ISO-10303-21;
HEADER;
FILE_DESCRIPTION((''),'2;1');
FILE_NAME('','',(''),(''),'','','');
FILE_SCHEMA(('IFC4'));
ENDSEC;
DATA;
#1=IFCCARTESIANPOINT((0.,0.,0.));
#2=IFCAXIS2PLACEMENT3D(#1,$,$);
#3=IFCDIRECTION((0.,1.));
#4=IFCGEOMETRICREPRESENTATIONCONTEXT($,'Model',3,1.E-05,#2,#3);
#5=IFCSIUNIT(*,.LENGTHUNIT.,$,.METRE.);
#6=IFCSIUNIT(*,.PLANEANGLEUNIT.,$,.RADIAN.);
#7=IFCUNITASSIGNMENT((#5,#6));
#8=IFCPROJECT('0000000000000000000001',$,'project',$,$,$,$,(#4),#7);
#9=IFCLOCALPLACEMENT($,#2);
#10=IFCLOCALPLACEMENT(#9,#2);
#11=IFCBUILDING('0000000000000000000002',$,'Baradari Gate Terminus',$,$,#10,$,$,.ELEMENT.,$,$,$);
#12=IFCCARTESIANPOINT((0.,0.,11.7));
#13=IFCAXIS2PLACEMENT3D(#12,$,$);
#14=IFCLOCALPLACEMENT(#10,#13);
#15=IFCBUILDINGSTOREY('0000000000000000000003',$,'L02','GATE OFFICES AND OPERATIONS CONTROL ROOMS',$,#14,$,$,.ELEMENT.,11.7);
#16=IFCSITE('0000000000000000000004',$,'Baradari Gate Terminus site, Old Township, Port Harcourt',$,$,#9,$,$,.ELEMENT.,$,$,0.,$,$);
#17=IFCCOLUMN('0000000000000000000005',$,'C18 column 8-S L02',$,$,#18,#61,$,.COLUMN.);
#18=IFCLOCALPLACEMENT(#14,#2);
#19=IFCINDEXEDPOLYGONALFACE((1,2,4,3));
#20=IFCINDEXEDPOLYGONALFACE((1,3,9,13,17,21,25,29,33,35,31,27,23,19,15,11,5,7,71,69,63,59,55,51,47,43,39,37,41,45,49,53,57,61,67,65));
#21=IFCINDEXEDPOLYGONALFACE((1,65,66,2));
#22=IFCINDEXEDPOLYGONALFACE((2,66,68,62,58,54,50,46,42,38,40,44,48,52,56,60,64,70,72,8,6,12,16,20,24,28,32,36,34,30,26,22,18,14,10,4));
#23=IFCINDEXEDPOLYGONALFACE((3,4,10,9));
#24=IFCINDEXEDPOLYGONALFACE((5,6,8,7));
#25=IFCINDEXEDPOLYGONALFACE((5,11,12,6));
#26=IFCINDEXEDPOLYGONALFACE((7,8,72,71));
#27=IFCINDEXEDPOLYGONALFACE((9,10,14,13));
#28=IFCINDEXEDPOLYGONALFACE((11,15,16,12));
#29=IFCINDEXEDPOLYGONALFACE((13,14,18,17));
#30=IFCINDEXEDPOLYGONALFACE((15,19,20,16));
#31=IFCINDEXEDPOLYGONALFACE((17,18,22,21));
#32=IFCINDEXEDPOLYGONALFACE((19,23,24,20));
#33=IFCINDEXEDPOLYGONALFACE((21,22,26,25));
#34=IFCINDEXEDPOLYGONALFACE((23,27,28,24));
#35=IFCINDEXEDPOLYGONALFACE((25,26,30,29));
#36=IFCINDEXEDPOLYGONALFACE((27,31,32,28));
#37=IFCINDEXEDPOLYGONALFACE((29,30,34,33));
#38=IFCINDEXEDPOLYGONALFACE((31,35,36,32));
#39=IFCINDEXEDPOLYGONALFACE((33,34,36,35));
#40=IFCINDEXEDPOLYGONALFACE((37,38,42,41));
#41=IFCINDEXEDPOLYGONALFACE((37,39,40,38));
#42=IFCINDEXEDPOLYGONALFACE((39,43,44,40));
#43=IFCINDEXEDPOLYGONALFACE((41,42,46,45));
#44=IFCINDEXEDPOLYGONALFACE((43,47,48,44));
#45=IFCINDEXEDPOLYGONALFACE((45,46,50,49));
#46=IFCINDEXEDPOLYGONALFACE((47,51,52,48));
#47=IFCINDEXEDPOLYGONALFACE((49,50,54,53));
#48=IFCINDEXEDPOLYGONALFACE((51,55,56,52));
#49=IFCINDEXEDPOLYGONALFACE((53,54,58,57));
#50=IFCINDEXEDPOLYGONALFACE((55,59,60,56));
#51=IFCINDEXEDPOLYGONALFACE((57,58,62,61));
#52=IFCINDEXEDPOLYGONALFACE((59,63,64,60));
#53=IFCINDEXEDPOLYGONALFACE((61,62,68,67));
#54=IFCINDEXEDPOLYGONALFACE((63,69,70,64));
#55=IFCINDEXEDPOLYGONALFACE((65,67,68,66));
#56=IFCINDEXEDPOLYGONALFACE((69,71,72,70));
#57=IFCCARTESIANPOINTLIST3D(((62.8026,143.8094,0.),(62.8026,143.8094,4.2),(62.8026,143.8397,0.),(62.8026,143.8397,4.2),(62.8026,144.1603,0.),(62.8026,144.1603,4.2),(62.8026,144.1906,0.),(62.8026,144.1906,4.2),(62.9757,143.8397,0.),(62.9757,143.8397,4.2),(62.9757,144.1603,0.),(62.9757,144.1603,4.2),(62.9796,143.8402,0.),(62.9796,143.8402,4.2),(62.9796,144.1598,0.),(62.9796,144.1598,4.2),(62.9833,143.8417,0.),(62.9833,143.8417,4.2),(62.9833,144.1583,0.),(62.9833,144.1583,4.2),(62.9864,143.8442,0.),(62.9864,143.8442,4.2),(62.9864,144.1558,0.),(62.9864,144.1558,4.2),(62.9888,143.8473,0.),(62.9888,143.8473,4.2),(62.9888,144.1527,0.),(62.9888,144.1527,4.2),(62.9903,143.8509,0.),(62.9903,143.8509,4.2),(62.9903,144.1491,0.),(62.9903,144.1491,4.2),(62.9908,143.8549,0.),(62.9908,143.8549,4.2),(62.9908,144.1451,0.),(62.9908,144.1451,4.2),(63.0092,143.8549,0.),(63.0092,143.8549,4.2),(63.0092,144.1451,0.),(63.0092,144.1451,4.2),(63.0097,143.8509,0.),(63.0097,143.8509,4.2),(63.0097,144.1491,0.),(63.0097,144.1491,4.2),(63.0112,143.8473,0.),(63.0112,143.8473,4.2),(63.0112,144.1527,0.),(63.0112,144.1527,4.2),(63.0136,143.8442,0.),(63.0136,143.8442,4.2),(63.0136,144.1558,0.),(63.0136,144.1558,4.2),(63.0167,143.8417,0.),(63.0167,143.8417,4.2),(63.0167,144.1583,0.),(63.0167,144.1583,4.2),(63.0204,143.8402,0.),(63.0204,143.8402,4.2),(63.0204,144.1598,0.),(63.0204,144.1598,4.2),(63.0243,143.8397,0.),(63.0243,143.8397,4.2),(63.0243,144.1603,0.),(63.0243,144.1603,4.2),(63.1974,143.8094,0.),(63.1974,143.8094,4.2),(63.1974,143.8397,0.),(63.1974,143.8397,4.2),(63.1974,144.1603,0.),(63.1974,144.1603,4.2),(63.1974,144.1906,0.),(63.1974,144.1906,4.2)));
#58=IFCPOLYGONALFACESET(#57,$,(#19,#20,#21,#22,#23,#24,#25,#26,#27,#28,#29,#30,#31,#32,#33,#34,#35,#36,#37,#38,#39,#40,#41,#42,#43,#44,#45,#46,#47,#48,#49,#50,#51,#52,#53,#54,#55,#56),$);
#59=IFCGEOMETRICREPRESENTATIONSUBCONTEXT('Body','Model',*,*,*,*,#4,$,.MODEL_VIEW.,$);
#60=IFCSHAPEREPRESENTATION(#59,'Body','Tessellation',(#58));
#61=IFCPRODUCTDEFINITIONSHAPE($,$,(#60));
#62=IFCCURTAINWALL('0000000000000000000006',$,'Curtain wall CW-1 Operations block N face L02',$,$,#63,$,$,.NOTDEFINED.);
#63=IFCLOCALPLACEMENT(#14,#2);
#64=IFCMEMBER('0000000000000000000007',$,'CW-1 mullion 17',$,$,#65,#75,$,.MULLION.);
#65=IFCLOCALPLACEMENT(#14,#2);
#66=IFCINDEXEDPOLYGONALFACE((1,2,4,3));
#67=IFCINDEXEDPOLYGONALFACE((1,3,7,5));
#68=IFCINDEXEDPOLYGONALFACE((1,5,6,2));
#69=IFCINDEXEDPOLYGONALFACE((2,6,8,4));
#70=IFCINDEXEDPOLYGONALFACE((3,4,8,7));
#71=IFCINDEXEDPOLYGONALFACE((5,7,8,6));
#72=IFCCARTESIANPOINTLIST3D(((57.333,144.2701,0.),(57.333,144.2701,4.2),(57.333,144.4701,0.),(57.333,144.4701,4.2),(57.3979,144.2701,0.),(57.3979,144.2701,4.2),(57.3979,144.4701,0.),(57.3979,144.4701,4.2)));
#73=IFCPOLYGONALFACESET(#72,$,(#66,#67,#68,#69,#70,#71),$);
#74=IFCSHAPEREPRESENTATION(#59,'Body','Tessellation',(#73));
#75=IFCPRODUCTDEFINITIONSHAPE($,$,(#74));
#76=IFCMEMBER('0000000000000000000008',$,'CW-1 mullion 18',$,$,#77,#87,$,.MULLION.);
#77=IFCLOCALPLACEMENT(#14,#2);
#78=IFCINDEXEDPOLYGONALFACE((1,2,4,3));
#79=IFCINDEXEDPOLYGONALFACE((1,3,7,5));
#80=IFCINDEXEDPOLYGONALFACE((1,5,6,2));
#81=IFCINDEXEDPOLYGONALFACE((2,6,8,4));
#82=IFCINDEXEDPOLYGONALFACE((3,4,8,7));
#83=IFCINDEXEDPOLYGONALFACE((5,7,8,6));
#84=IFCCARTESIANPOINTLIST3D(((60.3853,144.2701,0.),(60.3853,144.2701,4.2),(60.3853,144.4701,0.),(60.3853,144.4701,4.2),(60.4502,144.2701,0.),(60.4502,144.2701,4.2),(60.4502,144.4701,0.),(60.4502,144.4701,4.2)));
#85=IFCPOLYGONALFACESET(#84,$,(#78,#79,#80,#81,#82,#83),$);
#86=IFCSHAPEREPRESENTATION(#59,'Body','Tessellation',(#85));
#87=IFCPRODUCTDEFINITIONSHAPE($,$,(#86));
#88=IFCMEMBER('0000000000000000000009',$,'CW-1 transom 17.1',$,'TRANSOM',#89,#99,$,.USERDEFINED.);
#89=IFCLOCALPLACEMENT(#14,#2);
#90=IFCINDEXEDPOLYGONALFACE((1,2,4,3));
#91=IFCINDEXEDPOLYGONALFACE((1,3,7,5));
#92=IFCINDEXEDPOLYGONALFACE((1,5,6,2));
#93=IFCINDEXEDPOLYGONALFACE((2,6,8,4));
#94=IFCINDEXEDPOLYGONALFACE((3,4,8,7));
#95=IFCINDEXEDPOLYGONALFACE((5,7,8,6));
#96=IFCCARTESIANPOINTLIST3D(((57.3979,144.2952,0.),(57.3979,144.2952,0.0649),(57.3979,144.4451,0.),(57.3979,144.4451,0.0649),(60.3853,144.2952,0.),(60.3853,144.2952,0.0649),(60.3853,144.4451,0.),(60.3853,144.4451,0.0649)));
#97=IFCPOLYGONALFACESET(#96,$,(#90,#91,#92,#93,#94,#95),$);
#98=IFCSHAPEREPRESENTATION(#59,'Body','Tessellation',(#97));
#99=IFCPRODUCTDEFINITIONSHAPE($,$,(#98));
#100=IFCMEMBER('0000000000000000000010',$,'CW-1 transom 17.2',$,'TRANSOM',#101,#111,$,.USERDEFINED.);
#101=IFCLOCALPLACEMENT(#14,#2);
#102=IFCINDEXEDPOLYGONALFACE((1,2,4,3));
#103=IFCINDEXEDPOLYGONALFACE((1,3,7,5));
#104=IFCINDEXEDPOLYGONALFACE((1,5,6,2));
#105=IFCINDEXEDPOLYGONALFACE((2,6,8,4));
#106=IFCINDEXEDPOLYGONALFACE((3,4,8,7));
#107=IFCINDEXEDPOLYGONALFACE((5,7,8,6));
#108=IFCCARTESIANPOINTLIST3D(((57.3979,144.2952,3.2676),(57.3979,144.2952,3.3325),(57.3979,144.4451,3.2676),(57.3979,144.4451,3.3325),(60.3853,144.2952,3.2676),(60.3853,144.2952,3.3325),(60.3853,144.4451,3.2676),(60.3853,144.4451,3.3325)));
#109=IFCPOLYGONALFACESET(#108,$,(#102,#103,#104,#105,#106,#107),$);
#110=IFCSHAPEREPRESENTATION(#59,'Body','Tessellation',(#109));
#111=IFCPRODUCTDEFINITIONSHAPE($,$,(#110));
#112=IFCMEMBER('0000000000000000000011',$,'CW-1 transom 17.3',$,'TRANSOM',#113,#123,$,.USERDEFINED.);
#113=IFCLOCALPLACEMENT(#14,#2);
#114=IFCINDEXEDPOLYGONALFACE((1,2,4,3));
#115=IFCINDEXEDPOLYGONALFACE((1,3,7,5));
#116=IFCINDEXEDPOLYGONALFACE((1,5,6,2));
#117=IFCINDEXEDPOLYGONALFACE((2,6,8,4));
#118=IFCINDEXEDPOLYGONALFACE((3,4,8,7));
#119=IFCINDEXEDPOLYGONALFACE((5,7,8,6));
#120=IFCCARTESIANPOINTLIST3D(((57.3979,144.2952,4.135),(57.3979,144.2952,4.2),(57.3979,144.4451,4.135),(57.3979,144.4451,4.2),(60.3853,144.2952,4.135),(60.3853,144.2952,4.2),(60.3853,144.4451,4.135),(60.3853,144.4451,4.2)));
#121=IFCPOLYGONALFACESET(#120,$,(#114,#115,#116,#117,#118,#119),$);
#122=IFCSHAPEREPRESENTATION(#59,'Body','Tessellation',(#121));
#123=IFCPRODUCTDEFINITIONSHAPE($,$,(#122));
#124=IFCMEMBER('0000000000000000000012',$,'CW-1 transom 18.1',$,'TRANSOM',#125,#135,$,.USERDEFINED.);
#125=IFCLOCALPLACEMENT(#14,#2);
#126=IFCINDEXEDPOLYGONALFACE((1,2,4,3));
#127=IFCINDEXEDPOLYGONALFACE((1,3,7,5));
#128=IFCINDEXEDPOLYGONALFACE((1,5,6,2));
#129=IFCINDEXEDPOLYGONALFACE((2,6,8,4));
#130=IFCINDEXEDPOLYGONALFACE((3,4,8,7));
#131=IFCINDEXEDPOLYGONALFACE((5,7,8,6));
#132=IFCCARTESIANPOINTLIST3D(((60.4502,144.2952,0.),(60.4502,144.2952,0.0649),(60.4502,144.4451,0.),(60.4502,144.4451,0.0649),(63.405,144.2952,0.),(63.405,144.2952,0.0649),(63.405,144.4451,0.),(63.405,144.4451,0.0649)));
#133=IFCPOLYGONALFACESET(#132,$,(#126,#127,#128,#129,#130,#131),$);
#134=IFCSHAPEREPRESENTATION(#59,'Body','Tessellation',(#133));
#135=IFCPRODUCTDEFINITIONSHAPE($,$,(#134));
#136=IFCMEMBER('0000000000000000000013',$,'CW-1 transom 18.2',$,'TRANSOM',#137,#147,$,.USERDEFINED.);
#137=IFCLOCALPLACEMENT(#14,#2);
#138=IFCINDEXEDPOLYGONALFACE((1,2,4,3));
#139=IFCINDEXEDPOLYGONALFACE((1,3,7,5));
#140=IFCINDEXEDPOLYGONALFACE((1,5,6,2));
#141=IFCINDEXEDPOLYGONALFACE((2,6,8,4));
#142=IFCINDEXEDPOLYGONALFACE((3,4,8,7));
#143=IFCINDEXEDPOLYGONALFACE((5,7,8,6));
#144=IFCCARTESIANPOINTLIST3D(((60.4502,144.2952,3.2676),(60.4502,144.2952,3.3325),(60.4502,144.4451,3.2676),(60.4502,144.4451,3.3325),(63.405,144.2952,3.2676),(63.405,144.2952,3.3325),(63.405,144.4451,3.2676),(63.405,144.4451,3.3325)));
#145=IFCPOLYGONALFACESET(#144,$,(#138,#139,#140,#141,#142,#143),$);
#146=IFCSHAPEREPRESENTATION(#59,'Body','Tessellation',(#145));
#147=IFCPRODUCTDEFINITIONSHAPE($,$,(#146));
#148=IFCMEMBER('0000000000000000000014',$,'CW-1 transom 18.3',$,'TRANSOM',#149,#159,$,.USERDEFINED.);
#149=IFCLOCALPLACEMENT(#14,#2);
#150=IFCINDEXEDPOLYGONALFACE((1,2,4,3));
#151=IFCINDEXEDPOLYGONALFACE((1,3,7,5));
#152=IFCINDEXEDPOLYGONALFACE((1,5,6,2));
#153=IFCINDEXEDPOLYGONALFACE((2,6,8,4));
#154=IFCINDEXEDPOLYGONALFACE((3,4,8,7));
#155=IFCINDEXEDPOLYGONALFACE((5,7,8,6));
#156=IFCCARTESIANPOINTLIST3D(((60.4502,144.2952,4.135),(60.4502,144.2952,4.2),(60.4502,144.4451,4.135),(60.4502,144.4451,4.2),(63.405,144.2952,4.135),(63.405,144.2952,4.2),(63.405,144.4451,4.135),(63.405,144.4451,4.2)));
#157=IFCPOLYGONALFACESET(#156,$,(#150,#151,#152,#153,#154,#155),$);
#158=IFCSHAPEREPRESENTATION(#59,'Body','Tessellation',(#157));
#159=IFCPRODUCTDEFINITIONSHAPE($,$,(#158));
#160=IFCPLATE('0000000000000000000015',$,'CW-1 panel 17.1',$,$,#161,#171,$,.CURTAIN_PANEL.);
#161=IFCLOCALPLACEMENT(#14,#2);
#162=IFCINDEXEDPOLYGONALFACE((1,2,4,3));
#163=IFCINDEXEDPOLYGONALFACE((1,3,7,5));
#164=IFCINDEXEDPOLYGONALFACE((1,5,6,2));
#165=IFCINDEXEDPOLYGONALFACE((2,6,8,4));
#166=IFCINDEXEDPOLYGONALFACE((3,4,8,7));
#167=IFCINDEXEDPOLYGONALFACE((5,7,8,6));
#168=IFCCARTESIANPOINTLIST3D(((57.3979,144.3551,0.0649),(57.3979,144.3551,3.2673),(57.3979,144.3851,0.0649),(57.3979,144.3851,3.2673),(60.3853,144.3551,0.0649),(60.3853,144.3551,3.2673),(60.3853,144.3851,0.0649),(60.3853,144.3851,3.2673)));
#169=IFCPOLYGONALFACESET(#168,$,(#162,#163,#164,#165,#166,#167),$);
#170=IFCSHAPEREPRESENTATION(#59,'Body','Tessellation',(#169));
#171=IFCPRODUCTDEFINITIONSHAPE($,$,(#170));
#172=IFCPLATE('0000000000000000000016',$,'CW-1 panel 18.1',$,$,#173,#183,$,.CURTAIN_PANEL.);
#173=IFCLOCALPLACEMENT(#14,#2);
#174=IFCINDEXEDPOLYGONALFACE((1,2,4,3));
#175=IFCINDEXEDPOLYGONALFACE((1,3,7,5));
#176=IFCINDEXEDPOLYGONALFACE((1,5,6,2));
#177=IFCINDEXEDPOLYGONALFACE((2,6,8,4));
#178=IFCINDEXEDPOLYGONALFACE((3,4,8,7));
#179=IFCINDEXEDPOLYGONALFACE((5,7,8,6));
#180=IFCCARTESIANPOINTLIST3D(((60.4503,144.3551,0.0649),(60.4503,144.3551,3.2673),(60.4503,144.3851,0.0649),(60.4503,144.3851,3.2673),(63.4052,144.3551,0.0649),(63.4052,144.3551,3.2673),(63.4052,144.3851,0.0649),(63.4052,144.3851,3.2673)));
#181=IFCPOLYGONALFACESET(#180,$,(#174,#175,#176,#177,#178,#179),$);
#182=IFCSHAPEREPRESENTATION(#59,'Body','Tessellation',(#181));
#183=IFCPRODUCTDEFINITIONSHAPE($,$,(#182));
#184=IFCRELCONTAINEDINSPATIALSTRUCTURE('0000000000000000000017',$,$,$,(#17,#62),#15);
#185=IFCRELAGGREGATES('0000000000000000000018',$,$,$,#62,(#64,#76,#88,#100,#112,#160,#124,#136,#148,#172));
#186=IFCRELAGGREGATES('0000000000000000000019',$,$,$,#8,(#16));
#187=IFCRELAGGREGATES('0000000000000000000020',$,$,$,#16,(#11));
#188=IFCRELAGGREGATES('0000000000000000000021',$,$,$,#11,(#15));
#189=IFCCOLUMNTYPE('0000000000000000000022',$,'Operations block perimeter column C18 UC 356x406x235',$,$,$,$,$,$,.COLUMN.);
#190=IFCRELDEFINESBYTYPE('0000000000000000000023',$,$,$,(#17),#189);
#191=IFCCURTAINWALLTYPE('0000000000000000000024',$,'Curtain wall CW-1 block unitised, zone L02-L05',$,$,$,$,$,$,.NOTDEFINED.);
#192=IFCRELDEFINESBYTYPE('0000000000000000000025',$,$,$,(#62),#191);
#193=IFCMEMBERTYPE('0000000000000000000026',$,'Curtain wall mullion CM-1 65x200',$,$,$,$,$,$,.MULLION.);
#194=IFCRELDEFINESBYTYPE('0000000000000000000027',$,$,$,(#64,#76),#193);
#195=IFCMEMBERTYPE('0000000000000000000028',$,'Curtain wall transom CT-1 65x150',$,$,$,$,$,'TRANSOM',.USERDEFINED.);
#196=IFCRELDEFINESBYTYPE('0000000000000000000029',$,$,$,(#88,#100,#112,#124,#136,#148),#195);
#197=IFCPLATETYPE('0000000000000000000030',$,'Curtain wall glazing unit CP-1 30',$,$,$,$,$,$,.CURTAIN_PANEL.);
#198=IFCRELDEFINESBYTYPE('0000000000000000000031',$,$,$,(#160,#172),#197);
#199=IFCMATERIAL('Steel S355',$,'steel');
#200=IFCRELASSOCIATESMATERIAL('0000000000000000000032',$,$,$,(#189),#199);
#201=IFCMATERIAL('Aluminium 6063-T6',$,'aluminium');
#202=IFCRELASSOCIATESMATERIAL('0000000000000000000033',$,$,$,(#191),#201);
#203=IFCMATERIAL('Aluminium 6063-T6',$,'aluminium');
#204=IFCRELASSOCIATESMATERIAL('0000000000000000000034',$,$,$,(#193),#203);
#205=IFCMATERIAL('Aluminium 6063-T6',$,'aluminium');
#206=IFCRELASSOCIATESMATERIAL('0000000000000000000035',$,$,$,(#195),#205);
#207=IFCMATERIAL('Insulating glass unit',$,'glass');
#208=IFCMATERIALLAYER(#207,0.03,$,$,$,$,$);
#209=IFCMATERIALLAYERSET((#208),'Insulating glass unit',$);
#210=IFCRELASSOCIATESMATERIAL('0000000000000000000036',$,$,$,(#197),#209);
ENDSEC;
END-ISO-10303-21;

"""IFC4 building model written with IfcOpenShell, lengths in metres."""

from ifc_helpers import new_model, si_unit, direction, frame, origin, origin_2d, place, context, subcontext, project, spatial, rectangle, i_section, extrude, material, layer, layer_set, material_profile, profile_set, type_object, element, aggregate, save


model = new_model("IFC4")

# Units and contexts
model_context = context("Model", 3, precision=1e-05, world=origin(), true_north=direction((0.0, 1.0)))
body_context = subcontext(model_context, "Body", "Model", "MODEL_VIEW")
ifc_project = project(units=[si_unit("LENGTHUNIT", "METRE"), si_unit("PLANEANGLEUNIT", "RADIAN")], contexts=[model_context])

# Site, building, storey
site_placement = place(None, origin())
site = spatial("IfcSite", under=ifc_project, at=site_placement, Name="Baradari Gate Terminus site, Old Township, Port Harcourt", CompositionType="ELEMENT", RefElevation=0.0)
building_placement = place(site_placement, origin())
building = spatial("IfcBuilding", under=site, at=building_placement, Name="Baradari Gate Terminus", CompositionType="ELEMENT")
storey_placement = place(building_placement, frame((0.0, 0.0, 11.7)))
storey = spatial("IfcBuildingStorey", under=building, at=storey_placement, Name="L02", Description="GATE OFFICES AND OPERATIONS CONTROL ROOMS", CompositionType="ELEMENT", Elevation=11.7)

# Column
ifc_material_1 = material(Name="Steel S355", Category="steel")
ifc_material_profile_1 = material_profile(ifc_material_1, i_section(OverallWidth=0.3948, OverallDepth=0.3811, WebThickness=0.0183, FlangeThickness=0.0303, FilletRadius=0.0151, at=origin_2d()), Name="UC 356x406x235")
ifc_profile_set_1 = profile_set([ifc_material_profile_1], Name="Steel S355")
column_type = type_object("IfcColumnType", Name="Operations block perimeter column C18 UC 356x406x235", PredefinedType="COLUMN", material=ifc_profile_set_1)
column_placement = place(storey_placement, frame((63.0, 144.0, 0.0), z_axis=(0.0, 0.0, 1.0), x_axis=(1.0, 0.0, 0.0)))
element("IfcColumn", 1, at=column_placement, inside=storey, type_object=column_type, Name="C18 column 8-S L02", PredefinedType="COLUMN", context=body_context, shape_type="SweptSolid", body=[
    extrude(i_section(OverallWidth=0.3948, OverallDepth=0.3811, WebThickness=0.0183, FlangeThickness=0.0303, FilletRadius=0.0151, at=origin_2d()), origin(), (0.0, 0.0, 1.0), 4.2),
])

# Curtain wall, members, plates
ifc_material_2 = material(Name="Aluminium 6063-T6", Category="aluminium")
curtain_wall_type = type_object("IfcCurtainWallType", Name="Curtain wall CW-1 block unitised, zone L02-L05", PredefinedType="NOTDEFINED", material=ifc_material_2)
curtain_wall_placement = place(storey_placement, origin())
curtain_wall = element("IfcCurtainWall", 2, at=curtain_wall_placement, inside=storey, type_object=curtain_wall_type, Name="Curtain wall CW-1 Operations block N face L02", PredefinedType="NOTDEFINED")
ifc_material_3 = material(Name="Aluminium 6063-T6", Category="aluminium")
ifc_material_profile_2 = material_profile(ifc_material_3, rectangle(XDim=0.2, YDim=0.0649, at=origin_2d()), Name="CM-1 65X200")
ifc_profile_set_2 = profile_set([ifc_material_profile_2], Name="Aluminium 6063-T6")
member_type_1 = type_object("IfcMemberType", Name="Curtain wall mullion CM-1 65x200", PredefinedType="MULLION", material=ifc_profile_set_2)
member_1_placement = place(storey_placement, frame((57.3655, 144.3701, 0.0), z_axis=(0.0, 0.0, 1.0), x_axis=(0.0, 1.0, 0.0)))
member_1 = element("IfcMember", 3, at=member_1_placement, type_object=member_type_1, Name="CW-1 mullion 17", PredefinedType="MULLION", context=body_context, shape_type="SweptSolid", body=[
    extrude(rectangle(XDim=0.2, YDim=0.0649, at=origin_2d()), origin(), (0.0, 0.0, 1.0), 4.2),
])
member_2_placement = place(storey_placement, frame((60.4177, 144.3701, 0.0), z_axis=(0.0, 0.0, 1.0), x_axis=(0.0, 1.0, 0.0)))
member_2 = element("IfcMember", 4, at=member_2_placement, type_object=member_type_1, Name="CW-1 mullion 18", PredefinedType="MULLION", context=body_context, shape_type="SweptSolid", body=[
    extrude(rectangle(XDim=0.2, YDim=0.0649, at=origin_2d()), origin(), (0.0, 0.0, 1.0), 4.2),
])
ifc_material_4 = material(Name="Aluminium 6063-T6", Category="aluminium")
ifc_material_profile_3 = material_profile(ifc_material_4, rectangle(XDim=0.1499, YDim=0.0649, at=origin_2d()), Name="CT-1 65X150")
ifc_profile_set_3 = profile_set([ifc_material_profile_3], Name="Aluminium 6063-T6")
member_type_2 = type_object("IfcMemberType", Name="Curtain wall transom CT-1 65x150", ElementType="TRANSOM", PredefinedType="USERDEFINED", material=ifc_profile_set_3)
member_3_placement = place(storey_placement, frame((57.3979, 144.3701, 0.0325), z_axis=(1.0, 0.0, 0.0), x_axis=(0.0, 1.0, 0.0)))
member_3 = element("IfcMember", 5, at=member_3_placement, type_object=member_type_2, Name="CW-1 transom 17.1", ObjectType="TRANSOM", PredefinedType="USERDEFINED", context=body_context, shape_type="SweptSolid", body=[
    extrude(rectangle(XDim=0.1499, YDim=0.0649, at=origin_2d()), origin(), (0.0, 0.0, 1.0), 2.9873),
])
member_4_placement = place(storey_placement, frame((57.3979, 144.3701, 3.3), z_axis=(1.0, 0.0, 0.0), x_axis=(0.0, 1.0, 0.0)))
member_4 = element("IfcMember", 6, at=member_4_placement, type_object=member_type_2, Name="CW-1 transom 17.2", ObjectType="TRANSOM", PredefinedType="USERDEFINED", context=body_context, shape_type="SweptSolid", body=[
    extrude(rectangle(XDim=0.1499, YDim=0.0649, at=origin_2d()), origin(), (0.0, 0.0, 1.0), 2.9873),
])
member_5_placement = place(storey_placement, frame((57.3979, 144.3701, 4.1675), z_axis=(1.0, 0.0, 0.0), x_axis=(0.0, 1.0, 0.0)))
member_5 = element("IfcMember", 7, at=member_5_placement, type_object=member_type_2, Name="CW-1 transom 17.3", ObjectType="TRANSOM", PredefinedType="USERDEFINED", context=body_context, shape_type="SweptSolid", body=[
    extrude(rectangle(XDim=0.1499, YDim=0.0649, at=origin_2d()), origin(), (0.0, 0.0, 1.0), 2.9873),
])
member_6_placement = place(storey_placement, frame((60.4502, 144.3701, 0.0325), z_axis=(1.0, 0.0, 0.0), x_axis=(0.0, 1.0, 0.0)))
member_6 = element("IfcMember", 8, at=member_6_placement, type_object=member_type_2, Name="CW-1 transom 18.1", ObjectType="TRANSOM", PredefinedType="USERDEFINED", context=body_context, shape_type="SweptSolid", body=[
    extrude(rectangle(XDim=0.1499, YDim=0.0649, at=origin_2d()), origin(), (0.0, 0.0, 1.0), 2.9548),
])
member_7_placement = place(storey_placement, frame((60.4502, 144.3701, 3.3), z_axis=(1.0, 0.0, 0.0), x_axis=(0.0, 1.0, 0.0)))
member_7 = element("IfcMember", 9, at=member_7_placement, type_object=member_type_2, Name="CW-1 transom 18.2", ObjectType="TRANSOM", PredefinedType="USERDEFINED", context=body_context, shape_type="SweptSolid", body=[
    extrude(rectangle(XDim=0.1499, YDim=0.0649, at=origin_2d()), origin(), (0.0, 0.0, 1.0), 2.9548),
])
member_8_placement = place(storey_placement, frame((60.4502, 144.3701, 4.1675), z_axis=(1.0, 0.0, 0.0), x_axis=(0.0, 1.0, 0.0)))
member_8 = element("IfcMember", 10, at=member_8_placement, type_object=member_type_2, Name="CW-1 transom 18.3", ObjectType="TRANSOM", PredefinedType="USERDEFINED", context=body_context, shape_type="SweptSolid", body=[
    extrude(rectangle(XDim=0.1499, YDim=0.0649, at=origin_2d()), origin(), (0.0, 0.0, 1.0), 2.9548),
])
ifc_material_5 = material(Name="Insulating glass unit", Category="glass")
ifc_layer_1 = layer(ifc_material_5, 0.03)
ifc_layer_set_1 = layer_set([ifc_layer_1], Name="Insulating glass unit")
plate_type_1 = type_object("IfcPlateType", Name="Curtain wall glazing unit CP-1 30", PredefinedType="CURTAIN_PANEL", material=ifc_layer_set_1)
plate_1_placement = place(storey_placement, frame((58.8916, 144.3701, 0.0649), z_axis=(0.0, 0.0, 1.0), x_axis=(1.0, 0.0, 0.0)))
plate_1 = element("IfcPlate", 11, at=plate_1_placement, type_object=plate_type_1, Name="CW-1 panel 17.1", PredefinedType="CURTAIN_PANEL", context=body_context, shape_type="SweptSolid", body=[
    extrude(rectangle(XDim=2.9873, YDim=0.03, at=origin_2d()), origin(), (0.0, 0.0, 1.0), 3.2024),
])
plate_2_placement = place(storey_placement, frame((61.9277, 144.3701, 0.0649), z_axis=(0.0, 0.0, 1.0), x_axis=(1.0, 0.0, 0.0)))
plate_2 = element("IfcPlate", 12, at=plate_2_placement, type_object=plate_type_1, Name="CW-1 panel 18.1", PredefinedType="CURTAIN_PANEL", context=body_context, shape_type="SweptSolid", body=[
    extrude(rectangle(XDim=2.9548, YDim=0.03, at=origin_2d()), origin(), (0.0, 0.0, 1.0), 3.2024),
])
aggregate(curtain_wall, [member_1, member_2, member_3, member_4, member_5, plate_1, member_6, member_7, member_8, plate_2])

save(model, "model.ifc")
